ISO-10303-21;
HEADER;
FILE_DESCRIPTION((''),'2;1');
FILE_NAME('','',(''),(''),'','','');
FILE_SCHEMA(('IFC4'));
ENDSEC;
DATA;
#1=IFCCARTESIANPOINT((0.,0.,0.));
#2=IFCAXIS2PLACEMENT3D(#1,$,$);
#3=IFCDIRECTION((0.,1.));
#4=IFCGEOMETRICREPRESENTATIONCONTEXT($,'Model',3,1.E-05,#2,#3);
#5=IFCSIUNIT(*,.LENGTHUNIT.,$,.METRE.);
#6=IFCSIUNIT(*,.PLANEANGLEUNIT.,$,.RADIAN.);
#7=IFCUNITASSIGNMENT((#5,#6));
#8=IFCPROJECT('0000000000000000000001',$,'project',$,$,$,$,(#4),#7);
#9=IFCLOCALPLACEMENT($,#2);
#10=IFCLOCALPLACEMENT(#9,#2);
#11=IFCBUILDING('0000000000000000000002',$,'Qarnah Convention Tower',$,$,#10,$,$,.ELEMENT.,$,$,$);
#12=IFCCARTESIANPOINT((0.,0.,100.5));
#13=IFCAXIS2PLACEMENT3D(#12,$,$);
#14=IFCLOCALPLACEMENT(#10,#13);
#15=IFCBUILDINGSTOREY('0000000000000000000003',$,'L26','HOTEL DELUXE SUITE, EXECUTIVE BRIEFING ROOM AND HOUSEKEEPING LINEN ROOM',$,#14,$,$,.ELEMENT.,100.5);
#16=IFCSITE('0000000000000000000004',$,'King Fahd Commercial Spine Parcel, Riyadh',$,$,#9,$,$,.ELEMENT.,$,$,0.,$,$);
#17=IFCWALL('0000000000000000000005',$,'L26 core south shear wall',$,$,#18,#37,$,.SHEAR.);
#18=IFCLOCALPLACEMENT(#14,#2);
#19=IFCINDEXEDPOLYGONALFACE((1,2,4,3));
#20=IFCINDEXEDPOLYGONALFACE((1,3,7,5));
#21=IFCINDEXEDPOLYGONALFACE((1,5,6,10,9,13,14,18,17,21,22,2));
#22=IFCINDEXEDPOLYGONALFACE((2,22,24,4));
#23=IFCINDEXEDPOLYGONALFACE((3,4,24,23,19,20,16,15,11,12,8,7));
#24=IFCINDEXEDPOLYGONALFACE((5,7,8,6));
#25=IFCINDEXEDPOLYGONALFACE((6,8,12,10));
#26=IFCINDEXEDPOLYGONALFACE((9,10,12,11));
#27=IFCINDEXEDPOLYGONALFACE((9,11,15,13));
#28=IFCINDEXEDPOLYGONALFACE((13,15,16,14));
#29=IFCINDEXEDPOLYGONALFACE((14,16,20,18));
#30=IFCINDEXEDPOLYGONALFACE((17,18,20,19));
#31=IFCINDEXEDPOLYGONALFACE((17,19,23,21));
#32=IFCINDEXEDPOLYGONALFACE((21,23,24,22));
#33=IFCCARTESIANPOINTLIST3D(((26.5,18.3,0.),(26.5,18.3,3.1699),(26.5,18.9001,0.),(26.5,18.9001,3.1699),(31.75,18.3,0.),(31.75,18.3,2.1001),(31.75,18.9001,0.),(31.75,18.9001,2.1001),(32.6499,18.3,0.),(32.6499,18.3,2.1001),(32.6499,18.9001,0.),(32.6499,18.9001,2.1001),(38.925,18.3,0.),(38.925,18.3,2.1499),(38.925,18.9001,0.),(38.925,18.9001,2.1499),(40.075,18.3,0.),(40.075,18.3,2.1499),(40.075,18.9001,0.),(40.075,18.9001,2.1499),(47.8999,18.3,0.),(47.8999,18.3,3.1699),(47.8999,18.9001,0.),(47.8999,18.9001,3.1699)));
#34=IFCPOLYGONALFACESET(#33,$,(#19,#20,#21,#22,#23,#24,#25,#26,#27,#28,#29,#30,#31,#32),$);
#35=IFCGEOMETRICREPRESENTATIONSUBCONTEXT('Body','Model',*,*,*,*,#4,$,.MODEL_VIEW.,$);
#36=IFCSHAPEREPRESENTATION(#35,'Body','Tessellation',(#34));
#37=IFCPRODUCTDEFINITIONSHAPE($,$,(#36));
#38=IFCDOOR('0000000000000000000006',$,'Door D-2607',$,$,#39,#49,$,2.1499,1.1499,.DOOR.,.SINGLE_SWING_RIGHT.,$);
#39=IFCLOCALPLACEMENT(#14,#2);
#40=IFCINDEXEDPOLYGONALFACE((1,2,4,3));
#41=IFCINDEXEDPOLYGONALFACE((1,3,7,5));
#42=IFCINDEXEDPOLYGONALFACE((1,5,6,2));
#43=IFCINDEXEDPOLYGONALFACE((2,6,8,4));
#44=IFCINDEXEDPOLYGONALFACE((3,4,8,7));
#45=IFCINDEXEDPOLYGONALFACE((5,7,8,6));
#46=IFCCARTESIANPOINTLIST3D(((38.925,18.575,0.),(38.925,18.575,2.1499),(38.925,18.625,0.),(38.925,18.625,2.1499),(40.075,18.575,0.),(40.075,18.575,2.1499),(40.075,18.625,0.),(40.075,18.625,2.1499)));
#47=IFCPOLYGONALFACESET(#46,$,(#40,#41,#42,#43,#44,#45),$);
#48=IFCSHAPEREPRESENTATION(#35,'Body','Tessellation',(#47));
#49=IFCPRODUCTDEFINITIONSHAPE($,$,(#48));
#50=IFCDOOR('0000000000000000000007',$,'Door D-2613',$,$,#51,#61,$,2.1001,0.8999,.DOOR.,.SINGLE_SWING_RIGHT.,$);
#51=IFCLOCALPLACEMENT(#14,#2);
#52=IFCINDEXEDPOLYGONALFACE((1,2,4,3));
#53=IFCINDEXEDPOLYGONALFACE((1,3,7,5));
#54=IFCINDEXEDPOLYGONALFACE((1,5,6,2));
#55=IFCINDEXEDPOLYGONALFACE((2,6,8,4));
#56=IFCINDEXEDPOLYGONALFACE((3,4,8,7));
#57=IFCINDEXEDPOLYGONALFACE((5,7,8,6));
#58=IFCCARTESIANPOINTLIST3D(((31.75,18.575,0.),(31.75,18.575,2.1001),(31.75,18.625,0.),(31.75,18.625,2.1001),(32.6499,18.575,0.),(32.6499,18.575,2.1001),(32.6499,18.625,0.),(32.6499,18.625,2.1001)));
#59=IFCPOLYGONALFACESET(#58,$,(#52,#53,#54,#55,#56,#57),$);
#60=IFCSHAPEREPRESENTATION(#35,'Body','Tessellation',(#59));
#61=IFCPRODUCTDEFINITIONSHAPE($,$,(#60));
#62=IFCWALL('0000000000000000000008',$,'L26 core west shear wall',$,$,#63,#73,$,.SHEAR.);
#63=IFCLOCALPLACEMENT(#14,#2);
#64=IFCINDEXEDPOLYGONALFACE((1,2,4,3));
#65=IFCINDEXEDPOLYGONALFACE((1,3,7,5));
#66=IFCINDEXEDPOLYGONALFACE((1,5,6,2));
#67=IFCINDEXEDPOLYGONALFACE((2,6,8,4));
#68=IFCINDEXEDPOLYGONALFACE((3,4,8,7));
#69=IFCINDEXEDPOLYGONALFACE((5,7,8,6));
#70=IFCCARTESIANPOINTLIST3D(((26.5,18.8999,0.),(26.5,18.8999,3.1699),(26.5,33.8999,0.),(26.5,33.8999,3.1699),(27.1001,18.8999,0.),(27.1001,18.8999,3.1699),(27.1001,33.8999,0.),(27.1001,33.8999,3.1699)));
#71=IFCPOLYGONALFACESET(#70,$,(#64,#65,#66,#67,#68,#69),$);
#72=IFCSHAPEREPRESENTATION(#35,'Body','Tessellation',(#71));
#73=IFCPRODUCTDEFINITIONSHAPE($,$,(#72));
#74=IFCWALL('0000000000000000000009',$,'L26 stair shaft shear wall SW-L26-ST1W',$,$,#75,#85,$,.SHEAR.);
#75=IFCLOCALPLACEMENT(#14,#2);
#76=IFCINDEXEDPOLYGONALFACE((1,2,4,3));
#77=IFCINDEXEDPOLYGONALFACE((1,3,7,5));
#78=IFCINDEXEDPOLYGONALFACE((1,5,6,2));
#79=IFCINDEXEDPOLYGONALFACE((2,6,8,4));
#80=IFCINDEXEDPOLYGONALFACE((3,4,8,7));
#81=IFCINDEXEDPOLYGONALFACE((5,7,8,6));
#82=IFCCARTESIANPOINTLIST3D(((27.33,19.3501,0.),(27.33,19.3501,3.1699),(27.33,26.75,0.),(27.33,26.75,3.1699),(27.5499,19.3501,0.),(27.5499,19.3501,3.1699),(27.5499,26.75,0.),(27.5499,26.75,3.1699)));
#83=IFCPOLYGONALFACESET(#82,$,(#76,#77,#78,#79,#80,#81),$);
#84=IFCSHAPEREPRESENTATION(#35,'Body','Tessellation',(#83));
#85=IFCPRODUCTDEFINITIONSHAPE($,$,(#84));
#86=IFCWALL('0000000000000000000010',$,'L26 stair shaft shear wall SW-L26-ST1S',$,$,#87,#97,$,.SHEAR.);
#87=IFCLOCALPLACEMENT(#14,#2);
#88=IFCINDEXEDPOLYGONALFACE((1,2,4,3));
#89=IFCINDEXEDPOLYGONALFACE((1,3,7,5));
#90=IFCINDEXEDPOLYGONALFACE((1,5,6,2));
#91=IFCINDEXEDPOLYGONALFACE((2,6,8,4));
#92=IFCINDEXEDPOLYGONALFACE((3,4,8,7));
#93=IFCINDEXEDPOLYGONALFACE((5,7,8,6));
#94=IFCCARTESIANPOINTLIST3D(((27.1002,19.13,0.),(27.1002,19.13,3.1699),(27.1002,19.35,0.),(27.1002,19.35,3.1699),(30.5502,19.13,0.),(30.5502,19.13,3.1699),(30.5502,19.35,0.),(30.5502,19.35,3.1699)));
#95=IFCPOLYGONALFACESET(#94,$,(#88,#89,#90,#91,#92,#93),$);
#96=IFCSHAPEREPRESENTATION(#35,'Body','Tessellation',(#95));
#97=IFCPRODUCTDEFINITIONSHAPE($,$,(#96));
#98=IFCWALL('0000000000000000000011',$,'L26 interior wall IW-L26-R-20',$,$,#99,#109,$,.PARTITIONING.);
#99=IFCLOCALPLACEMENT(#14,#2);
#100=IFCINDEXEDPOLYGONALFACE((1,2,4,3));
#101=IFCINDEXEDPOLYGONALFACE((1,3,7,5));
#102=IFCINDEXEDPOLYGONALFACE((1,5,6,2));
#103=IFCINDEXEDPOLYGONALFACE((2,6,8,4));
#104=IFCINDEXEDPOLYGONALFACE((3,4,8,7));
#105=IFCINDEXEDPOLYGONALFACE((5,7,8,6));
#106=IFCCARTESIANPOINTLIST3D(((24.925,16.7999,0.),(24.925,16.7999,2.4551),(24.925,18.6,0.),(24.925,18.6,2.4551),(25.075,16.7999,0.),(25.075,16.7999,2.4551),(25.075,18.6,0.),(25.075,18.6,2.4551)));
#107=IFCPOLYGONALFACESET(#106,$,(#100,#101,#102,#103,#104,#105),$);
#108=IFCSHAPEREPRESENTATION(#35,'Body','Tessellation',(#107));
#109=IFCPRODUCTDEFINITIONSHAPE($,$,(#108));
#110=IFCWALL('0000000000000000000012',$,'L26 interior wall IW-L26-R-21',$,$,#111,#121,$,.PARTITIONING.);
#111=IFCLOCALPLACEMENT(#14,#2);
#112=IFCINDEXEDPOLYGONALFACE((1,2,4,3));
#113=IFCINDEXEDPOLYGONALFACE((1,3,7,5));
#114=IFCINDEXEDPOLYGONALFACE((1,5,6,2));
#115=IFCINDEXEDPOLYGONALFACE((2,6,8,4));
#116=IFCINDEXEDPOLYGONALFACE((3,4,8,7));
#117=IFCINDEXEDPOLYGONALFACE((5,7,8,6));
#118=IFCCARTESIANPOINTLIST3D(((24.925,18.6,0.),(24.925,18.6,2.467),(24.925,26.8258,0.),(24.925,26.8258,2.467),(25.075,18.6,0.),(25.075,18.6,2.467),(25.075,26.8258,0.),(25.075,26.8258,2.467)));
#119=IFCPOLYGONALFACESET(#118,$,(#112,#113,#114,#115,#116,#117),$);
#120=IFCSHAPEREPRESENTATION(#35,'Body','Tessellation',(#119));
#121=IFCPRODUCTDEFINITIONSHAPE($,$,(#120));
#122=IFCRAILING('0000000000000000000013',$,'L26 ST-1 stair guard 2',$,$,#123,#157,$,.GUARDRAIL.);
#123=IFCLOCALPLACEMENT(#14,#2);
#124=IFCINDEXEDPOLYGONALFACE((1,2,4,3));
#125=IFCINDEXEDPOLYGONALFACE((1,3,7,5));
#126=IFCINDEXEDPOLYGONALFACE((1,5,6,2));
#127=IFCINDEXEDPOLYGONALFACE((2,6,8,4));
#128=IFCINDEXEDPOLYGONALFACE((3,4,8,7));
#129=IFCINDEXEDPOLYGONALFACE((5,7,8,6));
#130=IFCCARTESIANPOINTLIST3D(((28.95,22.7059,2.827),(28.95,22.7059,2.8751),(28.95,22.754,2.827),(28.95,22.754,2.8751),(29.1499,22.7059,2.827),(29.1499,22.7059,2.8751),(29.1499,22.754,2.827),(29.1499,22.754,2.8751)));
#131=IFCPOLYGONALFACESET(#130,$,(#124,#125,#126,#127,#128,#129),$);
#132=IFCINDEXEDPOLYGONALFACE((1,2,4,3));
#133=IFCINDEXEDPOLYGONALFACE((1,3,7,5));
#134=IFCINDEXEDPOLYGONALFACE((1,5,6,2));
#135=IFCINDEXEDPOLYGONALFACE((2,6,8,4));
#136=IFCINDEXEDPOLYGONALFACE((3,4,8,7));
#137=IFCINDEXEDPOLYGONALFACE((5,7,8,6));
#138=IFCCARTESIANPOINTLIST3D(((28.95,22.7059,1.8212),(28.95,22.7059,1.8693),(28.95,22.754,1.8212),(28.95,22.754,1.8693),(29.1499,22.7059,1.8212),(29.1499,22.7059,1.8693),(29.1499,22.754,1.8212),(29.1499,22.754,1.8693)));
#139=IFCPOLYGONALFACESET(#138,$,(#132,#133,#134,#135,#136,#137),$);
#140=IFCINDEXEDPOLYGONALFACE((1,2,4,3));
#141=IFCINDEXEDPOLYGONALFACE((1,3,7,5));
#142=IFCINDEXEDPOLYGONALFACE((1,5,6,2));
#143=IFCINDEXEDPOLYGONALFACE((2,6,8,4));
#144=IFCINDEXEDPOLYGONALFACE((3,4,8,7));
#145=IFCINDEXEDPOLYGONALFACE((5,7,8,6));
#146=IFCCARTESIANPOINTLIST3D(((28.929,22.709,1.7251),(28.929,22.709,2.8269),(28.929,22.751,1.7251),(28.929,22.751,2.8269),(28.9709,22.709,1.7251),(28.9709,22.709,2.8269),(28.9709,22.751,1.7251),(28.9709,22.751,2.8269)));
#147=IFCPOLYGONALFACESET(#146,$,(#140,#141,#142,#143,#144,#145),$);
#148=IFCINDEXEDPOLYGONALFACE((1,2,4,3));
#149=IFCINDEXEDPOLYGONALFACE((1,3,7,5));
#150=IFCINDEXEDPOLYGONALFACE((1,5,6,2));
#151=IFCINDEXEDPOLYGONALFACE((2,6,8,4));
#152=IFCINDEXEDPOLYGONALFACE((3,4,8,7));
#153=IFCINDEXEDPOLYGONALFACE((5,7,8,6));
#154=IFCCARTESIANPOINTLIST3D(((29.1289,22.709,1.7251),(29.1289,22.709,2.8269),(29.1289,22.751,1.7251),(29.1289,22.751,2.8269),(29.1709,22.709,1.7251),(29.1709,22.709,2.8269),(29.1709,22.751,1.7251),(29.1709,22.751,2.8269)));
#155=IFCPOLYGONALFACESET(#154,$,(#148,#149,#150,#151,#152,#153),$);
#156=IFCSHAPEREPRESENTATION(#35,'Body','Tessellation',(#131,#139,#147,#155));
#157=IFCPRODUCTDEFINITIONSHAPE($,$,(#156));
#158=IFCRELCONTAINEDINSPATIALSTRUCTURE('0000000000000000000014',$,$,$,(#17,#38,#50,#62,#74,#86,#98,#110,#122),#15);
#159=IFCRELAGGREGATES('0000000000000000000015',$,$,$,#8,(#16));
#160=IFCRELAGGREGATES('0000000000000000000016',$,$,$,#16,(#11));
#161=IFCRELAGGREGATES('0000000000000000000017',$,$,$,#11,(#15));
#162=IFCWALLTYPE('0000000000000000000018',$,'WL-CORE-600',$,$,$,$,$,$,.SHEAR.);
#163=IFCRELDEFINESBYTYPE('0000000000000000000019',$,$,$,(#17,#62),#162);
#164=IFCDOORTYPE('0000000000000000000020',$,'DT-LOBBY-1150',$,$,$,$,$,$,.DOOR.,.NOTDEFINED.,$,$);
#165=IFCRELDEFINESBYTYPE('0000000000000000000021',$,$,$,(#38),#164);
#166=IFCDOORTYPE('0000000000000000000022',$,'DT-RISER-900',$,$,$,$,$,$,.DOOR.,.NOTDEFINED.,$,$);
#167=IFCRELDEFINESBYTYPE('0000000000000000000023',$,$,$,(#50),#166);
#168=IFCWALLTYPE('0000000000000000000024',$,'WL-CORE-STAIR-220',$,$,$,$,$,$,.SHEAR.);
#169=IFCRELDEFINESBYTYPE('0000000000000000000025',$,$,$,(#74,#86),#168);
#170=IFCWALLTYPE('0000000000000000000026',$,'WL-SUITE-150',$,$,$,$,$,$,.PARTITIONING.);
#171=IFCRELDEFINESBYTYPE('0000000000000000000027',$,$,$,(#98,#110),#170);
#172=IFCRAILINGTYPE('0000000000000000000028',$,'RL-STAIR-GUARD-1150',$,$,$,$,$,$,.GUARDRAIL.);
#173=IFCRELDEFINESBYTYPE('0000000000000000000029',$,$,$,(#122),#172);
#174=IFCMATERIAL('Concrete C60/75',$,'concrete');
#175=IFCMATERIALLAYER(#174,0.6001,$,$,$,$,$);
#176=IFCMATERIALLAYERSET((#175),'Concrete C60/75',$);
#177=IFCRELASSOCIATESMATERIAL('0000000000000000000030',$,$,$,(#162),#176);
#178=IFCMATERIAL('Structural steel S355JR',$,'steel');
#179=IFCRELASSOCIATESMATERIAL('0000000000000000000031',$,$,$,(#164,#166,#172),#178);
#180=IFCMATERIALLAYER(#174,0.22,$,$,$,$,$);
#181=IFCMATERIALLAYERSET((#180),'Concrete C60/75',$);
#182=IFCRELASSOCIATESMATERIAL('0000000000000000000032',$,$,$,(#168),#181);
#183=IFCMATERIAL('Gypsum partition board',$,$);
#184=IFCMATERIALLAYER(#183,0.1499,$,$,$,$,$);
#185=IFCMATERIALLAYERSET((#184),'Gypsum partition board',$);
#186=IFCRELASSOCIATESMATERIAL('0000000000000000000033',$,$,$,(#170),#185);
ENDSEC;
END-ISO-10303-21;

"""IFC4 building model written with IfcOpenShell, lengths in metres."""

from ifc_helpers import new_model, si_unit, direction, frame, frame_2d, origin, origin_2d, place, context, subcontext, project, spatial, rectangle, extrude, material, layer, layer_set, type_object, element, fill, save


model = new_model("IFC4")

# Units and contexts
model_context = context("Model", 3, precision=1e-05, world=origin(), true_north=direction((0.0, 1.0)))
body_context = subcontext(model_context, "Body", "Model", "MODEL_VIEW")
ifc_project = project(units=[si_unit("LENGTHUNIT", "METRE"), si_unit("PLANEANGLEUNIT", "RADIAN")], contexts=[model_context])

# Site, building, storey
site_placement = place(None, origin())
site = spatial("IfcSite", under=ifc_project, at=site_placement, Name="King Fahd Commercial Spine Parcel, Riyadh", CompositionType="ELEMENT", RefElevation=0.0)
building_placement = place(site_placement, origin())
building = spatial("IfcBuilding", under=site, at=building_placement, Name="Qarnah Convention Tower", CompositionType="ELEMENT")
storey_placement = place(building_placement, frame((0.0, 0.0, 100.5)))
storey = spatial("IfcBuildingStorey", under=building, at=storey_placement, Name="L26", Description="HOTEL DELUXE SUITE, EXECUTIVE BRIEFING ROOM AND HOUSEKEEPING LINEN ROOM", CompositionType="ELEMENT", Elevation=100.5)

# Shared definitions
ifc_material_1 = material(Name="Concrete C60/75", Category="concrete")

# Shared definitions
ifc_material_2 = material(Name="Structural steel S355JR", Category="steel")

# Wall, openings, doors
ifc_layer_1 = layer(ifc_material_1, 0.6001)
ifc_layer_set_1 = layer_set([ifc_layer_1], Name="Concrete C60/75")
wall_type_1 = type_object("IfcWallType", Name="WL-CORE-600", PredefinedType="SHEAR", material=ifc_layer_set_1)
wall_1_placement = place(storey_placement, frame((26.5, 18.6001, 0.0), z_axis=(0.0, 0.0, 1.0), x_axis=(1.0, 0.0, 0.0)))
wall_1 = element("IfcWall", 1, at=wall_1_placement, inside=storey, type_object=wall_type_1, Name="L26 core south shear wall", PredefinedType="SHEAR", context=body_context, shape_type="SweptSolid", body=[
    extrude(rectangle(XDim=21.3999, YDim=0.6001, at=frame_2d((10.7, 0.0))), origin(), (0.0, 0.0, 1.0), 3.1699),
])
opening_1_placement = place(wall_1_placement, frame((12.425, 0.0, 0.0)))
opening_1 = element("IfcOpeningElement", 2, at=opening_1_placement, cuts=wall_1, PredefinedType="OPENING", context=body_context, shape_type="SweptSolid", body=[
    extrude(rectangle(XDim=1.1499, YDim=2.1499, at=frame_2d((0.575, 1.075))), frame((0.0, 0.3101, 0.0), z_axis=(0.0, -1.0, 0.0), x_axis=(1.0, 0.0, 0.0)), (0.0, 0.0, 1.0), 0.6201),
])
opening_2_placement = place(wall_1_placement, frame((5.25, 0.0, 0.0)))
opening_2 = element("IfcOpeningElement", 3, at=opening_2_placement, cuts=wall_1, PredefinedType="OPENING", context=body_context, shape_type="SweptSolid", body=[
    extrude(rectangle(XDim=0.8999, YDim=2.1001, at=frame_2d((0.45, 1.05))), frame((0.0, 0.3101, 0.0), z_axis=(0.0, -1.0, 0.0), x_axis=(1.0, 0.0, 0.0)), (0.0, 0.0, 1.0), 0.6201),
])
door_type_1 = type_object("IfcDoorType", Name="DT-LOBBY-1150", OperationType="NOTDEFINED", PredefinedType="DOOR", material=ifc_material_2)
door_1_placement = place(opening_1_placement, origin())
door_1 = element("IfcDoor", 4, at=door_1_placement, inside=storey, type_object=door_type_1, Name="Door D-2607", OperationType="SINGLE_SWING_RIGHT", OverallHeight=2.1499, OverallWidth=1.1499, PredefinedType="DOOR", context=body_context, shape_type="SweptSolid", body=[
    extrude(rectangle(XDim=1.1499, YDim=2.1499, at=frame_2d((0.575, 1.075))), frame((0.0, 0.0249, 0.0), z_axis=(0.0, -1.0, 0.0), x_axis=(1.0, 0.0, 0.0)), (0.0, 0.0, 1.0), 0.05),
])
fill(opening_1, door_1)
door_type_2 = type_object("IfcDoorType", Name="DT-RISER-900", OperationType="NOTDEFINED", PredefinedType="DOOR", material=ifc_material_2)
door_2_placement = place(opening_2_placement, origin())
door_2 = element("IfcDoor", 5, at=door_2_placement, inside=storey, type_object=door_type_2, Name="Door D-2613", OperationType="SINGLE_SWING_RIGHT", OverallHeight=2.1001, OverallWidth=0.8999, PredefinedType="DOOR", context=body_context, shape_type="SweptSolid", body=[
    extrude(rectangle(XDim=0.8999, YDim=2.1001, at=frame_2d((0.45, 1.05))), frame((0.0, 0.0249, 0.0), z_axis=(0.0, -1.0, 0.0), x_axis=(1.0, 0.0, 0.0)), (0.0, 0.0, 1.0), 0.05),
])
fill(opening_2, door_2)

# Walls
wall_2_placement = place(storey_placement, frame((26.8, 18.8999, 0.0), z_axis=(0.0, 0.0, 1.0), x_axis=(0.0, 1.0, 0.0)))
element("IfcWall", 6, at=wall_2_placement, inside=storey, type_object=wall_type_1, Name="L26 core west shear wall", PredefinedType="SHEAR", context=body_context, shape_type="SweptSolid", body=[
    extrude(rectangle(XDim=15.0, YDim=0.6001, at=frame_2d((7.5, 0.0))), origin(), (0.0, 0.0, 1.0), 3.1699),
])
ifc_layer_2 = layer(ifc_material_1, 0.22)
ifc_layer_set_2 = layer_set([ifc_layer_2], Name="Concrete C60/75")
wall_type_2 = type_object("IfcWallType", Name="WL-CORE-STAIR-220", PredefinedType="SHEAR", material=ifc_layer_set_2)
wall_3_placement = place(storey_placement, frame((27.4399, 19.3501, 0.0), z_axis=(0.0, 0.0, 1.0), x_axis=(0.0, 1.0, 0.0)))
element("IfcWall", 7, at=wall_3_placement, inside=storey, type_object=wall_type_2, Name="L26 stair shaft shear wall SW-L26-ST1W", PredefinedType="SHEAR", context=body_context, shape_type="SweptSolid", body=[
    extrude(rectangle(XDim=7.3999, YDim=0.22, at=frame_2d((3.7, 0.0))), origin(), (0.0, 0.0, 1.0), 3.1699),
])
wall_4_placement = place(storey_placement, frame((27.1001, 19.24, 0.0), z_axis=(0.0, 0.0, 1.0), x_axis=(1.0, 0.0, 0.0)))
element("IfcWall", 8, at=wall_4_placement, inside=storey, type_object=wall_type_2, Name="L26 stair shaft shear wall SW-L26-ST1S", PredefinedType="SHEAR", context=body_context, shape_type="SweptSolid", body=[
    extrude(rectangle(XDim=3.45, YDim=0.22, at=frame_2d((1.7251, 0.0))), origin(), (0.0, 0.0, 1.0), 3.1699),
])
ifc_material_3 = material(Name="Gypsum partition board")
ifc_layer_3 = layer(ifc_material_3, 0.1499)
ifc_layer_set_3 = layer_set([ifc_layer_3], Name="Gypsum partition board")
wall_type_3 = type_object("IfcWallType", Name="WL-SUITE-150", PredefinedType="PARTITIONING", material=ifc_layer_set_3)
wall_5_placement = place(storey_placement, frame((25.0, 16.8, 0.0), z_axis=(0.0, 0.0, 1.0), x_axis=(0.0, 1.0, 0.0)))
element("IfcWall", 9, at=wall_5_placement, inside=storey, type_object=wall_type_3, Name="L26 interior wall IW-L26-R-20", PredefinedType="PARTITIONING", context=body_context, shape_type="SweptSolid", body=[
    extrude(rectangle(XDim=1.8, YDim=0.1499, at=frame_2d((0.8999, 0.0))), origin(), (0.0, 0.0, 1.0), 2.4551),
])
wall_6_placement = place(storey_placement, frame((25.0, 18.6001, 0.0), z_axis=(0.0, 0.0, 1.0), x_axis=(0.0, 1.0, 0.0)))
element("IfcWall", 10, at=wall_6_placement, inside=storey, type_object=wall_type_3, Name="L26 interior wall IW-L26-R-21", PredefinedType="PARTITIONING", context=body_context, shape_type="SweptSolid", body=[
    extrude(rectangle(XDim=8.2258, YDim=0.1499, at=frame_2d((4.1128, 0.0))), origin(), (0.0, 0.0, 1.0), 2.467),
])

# Railing
railing_type = type_object("IfcRailingType", Name="RL-STAIR-GUARD-1150", PredefinedType="GUARDRAIL", material=ifc_material_2)
railing_placement = place(storey_placement, frame((28.95, 22.73, 1.7251)))
element("IfcRailing", 11, at=railing_placement, inside=storey, type_object=railing_type, Name="L26 ST-1 stair guard 2", PredefinedType="GUARDRAIL", context=body_context, shape_type="SweptSolid", body=[
    extrude(rectangle(XDim=0.0481, YDim=0.0481, at=origin_2d()), frame((0.0, 0.0, 1.126), z_axis=(1.0, 0.0, 0.0), x_axis=(0.0, 1.0, 0.0)), (0.0, 0.0, 1.0), 0.2),
    extrude(rectangle(XDim=0.0481, YDim=0.0481, at=origin_2d()), frame((0.0, 0.0, 0.1201), z_axis=(1.0, 0.0, 0.0), x_axis=(0.0, 1.0, 0.0)), (0.0, 0.0, 1.0), 0.2),
    extrude(rectangle(XDim=0.042, YDim=0.042, at=origin_2d()), origin(), (0.0, 0.0, 1.0), 1.1018),
    extrude(rectangle(XDim=0.042, YDim=0.042, at=origin_2d()), frame((0.2, 0.0, 0.0)), (0.0, 0.0, 1.0), 1.1018),
])

save(model, "model.ifc")
